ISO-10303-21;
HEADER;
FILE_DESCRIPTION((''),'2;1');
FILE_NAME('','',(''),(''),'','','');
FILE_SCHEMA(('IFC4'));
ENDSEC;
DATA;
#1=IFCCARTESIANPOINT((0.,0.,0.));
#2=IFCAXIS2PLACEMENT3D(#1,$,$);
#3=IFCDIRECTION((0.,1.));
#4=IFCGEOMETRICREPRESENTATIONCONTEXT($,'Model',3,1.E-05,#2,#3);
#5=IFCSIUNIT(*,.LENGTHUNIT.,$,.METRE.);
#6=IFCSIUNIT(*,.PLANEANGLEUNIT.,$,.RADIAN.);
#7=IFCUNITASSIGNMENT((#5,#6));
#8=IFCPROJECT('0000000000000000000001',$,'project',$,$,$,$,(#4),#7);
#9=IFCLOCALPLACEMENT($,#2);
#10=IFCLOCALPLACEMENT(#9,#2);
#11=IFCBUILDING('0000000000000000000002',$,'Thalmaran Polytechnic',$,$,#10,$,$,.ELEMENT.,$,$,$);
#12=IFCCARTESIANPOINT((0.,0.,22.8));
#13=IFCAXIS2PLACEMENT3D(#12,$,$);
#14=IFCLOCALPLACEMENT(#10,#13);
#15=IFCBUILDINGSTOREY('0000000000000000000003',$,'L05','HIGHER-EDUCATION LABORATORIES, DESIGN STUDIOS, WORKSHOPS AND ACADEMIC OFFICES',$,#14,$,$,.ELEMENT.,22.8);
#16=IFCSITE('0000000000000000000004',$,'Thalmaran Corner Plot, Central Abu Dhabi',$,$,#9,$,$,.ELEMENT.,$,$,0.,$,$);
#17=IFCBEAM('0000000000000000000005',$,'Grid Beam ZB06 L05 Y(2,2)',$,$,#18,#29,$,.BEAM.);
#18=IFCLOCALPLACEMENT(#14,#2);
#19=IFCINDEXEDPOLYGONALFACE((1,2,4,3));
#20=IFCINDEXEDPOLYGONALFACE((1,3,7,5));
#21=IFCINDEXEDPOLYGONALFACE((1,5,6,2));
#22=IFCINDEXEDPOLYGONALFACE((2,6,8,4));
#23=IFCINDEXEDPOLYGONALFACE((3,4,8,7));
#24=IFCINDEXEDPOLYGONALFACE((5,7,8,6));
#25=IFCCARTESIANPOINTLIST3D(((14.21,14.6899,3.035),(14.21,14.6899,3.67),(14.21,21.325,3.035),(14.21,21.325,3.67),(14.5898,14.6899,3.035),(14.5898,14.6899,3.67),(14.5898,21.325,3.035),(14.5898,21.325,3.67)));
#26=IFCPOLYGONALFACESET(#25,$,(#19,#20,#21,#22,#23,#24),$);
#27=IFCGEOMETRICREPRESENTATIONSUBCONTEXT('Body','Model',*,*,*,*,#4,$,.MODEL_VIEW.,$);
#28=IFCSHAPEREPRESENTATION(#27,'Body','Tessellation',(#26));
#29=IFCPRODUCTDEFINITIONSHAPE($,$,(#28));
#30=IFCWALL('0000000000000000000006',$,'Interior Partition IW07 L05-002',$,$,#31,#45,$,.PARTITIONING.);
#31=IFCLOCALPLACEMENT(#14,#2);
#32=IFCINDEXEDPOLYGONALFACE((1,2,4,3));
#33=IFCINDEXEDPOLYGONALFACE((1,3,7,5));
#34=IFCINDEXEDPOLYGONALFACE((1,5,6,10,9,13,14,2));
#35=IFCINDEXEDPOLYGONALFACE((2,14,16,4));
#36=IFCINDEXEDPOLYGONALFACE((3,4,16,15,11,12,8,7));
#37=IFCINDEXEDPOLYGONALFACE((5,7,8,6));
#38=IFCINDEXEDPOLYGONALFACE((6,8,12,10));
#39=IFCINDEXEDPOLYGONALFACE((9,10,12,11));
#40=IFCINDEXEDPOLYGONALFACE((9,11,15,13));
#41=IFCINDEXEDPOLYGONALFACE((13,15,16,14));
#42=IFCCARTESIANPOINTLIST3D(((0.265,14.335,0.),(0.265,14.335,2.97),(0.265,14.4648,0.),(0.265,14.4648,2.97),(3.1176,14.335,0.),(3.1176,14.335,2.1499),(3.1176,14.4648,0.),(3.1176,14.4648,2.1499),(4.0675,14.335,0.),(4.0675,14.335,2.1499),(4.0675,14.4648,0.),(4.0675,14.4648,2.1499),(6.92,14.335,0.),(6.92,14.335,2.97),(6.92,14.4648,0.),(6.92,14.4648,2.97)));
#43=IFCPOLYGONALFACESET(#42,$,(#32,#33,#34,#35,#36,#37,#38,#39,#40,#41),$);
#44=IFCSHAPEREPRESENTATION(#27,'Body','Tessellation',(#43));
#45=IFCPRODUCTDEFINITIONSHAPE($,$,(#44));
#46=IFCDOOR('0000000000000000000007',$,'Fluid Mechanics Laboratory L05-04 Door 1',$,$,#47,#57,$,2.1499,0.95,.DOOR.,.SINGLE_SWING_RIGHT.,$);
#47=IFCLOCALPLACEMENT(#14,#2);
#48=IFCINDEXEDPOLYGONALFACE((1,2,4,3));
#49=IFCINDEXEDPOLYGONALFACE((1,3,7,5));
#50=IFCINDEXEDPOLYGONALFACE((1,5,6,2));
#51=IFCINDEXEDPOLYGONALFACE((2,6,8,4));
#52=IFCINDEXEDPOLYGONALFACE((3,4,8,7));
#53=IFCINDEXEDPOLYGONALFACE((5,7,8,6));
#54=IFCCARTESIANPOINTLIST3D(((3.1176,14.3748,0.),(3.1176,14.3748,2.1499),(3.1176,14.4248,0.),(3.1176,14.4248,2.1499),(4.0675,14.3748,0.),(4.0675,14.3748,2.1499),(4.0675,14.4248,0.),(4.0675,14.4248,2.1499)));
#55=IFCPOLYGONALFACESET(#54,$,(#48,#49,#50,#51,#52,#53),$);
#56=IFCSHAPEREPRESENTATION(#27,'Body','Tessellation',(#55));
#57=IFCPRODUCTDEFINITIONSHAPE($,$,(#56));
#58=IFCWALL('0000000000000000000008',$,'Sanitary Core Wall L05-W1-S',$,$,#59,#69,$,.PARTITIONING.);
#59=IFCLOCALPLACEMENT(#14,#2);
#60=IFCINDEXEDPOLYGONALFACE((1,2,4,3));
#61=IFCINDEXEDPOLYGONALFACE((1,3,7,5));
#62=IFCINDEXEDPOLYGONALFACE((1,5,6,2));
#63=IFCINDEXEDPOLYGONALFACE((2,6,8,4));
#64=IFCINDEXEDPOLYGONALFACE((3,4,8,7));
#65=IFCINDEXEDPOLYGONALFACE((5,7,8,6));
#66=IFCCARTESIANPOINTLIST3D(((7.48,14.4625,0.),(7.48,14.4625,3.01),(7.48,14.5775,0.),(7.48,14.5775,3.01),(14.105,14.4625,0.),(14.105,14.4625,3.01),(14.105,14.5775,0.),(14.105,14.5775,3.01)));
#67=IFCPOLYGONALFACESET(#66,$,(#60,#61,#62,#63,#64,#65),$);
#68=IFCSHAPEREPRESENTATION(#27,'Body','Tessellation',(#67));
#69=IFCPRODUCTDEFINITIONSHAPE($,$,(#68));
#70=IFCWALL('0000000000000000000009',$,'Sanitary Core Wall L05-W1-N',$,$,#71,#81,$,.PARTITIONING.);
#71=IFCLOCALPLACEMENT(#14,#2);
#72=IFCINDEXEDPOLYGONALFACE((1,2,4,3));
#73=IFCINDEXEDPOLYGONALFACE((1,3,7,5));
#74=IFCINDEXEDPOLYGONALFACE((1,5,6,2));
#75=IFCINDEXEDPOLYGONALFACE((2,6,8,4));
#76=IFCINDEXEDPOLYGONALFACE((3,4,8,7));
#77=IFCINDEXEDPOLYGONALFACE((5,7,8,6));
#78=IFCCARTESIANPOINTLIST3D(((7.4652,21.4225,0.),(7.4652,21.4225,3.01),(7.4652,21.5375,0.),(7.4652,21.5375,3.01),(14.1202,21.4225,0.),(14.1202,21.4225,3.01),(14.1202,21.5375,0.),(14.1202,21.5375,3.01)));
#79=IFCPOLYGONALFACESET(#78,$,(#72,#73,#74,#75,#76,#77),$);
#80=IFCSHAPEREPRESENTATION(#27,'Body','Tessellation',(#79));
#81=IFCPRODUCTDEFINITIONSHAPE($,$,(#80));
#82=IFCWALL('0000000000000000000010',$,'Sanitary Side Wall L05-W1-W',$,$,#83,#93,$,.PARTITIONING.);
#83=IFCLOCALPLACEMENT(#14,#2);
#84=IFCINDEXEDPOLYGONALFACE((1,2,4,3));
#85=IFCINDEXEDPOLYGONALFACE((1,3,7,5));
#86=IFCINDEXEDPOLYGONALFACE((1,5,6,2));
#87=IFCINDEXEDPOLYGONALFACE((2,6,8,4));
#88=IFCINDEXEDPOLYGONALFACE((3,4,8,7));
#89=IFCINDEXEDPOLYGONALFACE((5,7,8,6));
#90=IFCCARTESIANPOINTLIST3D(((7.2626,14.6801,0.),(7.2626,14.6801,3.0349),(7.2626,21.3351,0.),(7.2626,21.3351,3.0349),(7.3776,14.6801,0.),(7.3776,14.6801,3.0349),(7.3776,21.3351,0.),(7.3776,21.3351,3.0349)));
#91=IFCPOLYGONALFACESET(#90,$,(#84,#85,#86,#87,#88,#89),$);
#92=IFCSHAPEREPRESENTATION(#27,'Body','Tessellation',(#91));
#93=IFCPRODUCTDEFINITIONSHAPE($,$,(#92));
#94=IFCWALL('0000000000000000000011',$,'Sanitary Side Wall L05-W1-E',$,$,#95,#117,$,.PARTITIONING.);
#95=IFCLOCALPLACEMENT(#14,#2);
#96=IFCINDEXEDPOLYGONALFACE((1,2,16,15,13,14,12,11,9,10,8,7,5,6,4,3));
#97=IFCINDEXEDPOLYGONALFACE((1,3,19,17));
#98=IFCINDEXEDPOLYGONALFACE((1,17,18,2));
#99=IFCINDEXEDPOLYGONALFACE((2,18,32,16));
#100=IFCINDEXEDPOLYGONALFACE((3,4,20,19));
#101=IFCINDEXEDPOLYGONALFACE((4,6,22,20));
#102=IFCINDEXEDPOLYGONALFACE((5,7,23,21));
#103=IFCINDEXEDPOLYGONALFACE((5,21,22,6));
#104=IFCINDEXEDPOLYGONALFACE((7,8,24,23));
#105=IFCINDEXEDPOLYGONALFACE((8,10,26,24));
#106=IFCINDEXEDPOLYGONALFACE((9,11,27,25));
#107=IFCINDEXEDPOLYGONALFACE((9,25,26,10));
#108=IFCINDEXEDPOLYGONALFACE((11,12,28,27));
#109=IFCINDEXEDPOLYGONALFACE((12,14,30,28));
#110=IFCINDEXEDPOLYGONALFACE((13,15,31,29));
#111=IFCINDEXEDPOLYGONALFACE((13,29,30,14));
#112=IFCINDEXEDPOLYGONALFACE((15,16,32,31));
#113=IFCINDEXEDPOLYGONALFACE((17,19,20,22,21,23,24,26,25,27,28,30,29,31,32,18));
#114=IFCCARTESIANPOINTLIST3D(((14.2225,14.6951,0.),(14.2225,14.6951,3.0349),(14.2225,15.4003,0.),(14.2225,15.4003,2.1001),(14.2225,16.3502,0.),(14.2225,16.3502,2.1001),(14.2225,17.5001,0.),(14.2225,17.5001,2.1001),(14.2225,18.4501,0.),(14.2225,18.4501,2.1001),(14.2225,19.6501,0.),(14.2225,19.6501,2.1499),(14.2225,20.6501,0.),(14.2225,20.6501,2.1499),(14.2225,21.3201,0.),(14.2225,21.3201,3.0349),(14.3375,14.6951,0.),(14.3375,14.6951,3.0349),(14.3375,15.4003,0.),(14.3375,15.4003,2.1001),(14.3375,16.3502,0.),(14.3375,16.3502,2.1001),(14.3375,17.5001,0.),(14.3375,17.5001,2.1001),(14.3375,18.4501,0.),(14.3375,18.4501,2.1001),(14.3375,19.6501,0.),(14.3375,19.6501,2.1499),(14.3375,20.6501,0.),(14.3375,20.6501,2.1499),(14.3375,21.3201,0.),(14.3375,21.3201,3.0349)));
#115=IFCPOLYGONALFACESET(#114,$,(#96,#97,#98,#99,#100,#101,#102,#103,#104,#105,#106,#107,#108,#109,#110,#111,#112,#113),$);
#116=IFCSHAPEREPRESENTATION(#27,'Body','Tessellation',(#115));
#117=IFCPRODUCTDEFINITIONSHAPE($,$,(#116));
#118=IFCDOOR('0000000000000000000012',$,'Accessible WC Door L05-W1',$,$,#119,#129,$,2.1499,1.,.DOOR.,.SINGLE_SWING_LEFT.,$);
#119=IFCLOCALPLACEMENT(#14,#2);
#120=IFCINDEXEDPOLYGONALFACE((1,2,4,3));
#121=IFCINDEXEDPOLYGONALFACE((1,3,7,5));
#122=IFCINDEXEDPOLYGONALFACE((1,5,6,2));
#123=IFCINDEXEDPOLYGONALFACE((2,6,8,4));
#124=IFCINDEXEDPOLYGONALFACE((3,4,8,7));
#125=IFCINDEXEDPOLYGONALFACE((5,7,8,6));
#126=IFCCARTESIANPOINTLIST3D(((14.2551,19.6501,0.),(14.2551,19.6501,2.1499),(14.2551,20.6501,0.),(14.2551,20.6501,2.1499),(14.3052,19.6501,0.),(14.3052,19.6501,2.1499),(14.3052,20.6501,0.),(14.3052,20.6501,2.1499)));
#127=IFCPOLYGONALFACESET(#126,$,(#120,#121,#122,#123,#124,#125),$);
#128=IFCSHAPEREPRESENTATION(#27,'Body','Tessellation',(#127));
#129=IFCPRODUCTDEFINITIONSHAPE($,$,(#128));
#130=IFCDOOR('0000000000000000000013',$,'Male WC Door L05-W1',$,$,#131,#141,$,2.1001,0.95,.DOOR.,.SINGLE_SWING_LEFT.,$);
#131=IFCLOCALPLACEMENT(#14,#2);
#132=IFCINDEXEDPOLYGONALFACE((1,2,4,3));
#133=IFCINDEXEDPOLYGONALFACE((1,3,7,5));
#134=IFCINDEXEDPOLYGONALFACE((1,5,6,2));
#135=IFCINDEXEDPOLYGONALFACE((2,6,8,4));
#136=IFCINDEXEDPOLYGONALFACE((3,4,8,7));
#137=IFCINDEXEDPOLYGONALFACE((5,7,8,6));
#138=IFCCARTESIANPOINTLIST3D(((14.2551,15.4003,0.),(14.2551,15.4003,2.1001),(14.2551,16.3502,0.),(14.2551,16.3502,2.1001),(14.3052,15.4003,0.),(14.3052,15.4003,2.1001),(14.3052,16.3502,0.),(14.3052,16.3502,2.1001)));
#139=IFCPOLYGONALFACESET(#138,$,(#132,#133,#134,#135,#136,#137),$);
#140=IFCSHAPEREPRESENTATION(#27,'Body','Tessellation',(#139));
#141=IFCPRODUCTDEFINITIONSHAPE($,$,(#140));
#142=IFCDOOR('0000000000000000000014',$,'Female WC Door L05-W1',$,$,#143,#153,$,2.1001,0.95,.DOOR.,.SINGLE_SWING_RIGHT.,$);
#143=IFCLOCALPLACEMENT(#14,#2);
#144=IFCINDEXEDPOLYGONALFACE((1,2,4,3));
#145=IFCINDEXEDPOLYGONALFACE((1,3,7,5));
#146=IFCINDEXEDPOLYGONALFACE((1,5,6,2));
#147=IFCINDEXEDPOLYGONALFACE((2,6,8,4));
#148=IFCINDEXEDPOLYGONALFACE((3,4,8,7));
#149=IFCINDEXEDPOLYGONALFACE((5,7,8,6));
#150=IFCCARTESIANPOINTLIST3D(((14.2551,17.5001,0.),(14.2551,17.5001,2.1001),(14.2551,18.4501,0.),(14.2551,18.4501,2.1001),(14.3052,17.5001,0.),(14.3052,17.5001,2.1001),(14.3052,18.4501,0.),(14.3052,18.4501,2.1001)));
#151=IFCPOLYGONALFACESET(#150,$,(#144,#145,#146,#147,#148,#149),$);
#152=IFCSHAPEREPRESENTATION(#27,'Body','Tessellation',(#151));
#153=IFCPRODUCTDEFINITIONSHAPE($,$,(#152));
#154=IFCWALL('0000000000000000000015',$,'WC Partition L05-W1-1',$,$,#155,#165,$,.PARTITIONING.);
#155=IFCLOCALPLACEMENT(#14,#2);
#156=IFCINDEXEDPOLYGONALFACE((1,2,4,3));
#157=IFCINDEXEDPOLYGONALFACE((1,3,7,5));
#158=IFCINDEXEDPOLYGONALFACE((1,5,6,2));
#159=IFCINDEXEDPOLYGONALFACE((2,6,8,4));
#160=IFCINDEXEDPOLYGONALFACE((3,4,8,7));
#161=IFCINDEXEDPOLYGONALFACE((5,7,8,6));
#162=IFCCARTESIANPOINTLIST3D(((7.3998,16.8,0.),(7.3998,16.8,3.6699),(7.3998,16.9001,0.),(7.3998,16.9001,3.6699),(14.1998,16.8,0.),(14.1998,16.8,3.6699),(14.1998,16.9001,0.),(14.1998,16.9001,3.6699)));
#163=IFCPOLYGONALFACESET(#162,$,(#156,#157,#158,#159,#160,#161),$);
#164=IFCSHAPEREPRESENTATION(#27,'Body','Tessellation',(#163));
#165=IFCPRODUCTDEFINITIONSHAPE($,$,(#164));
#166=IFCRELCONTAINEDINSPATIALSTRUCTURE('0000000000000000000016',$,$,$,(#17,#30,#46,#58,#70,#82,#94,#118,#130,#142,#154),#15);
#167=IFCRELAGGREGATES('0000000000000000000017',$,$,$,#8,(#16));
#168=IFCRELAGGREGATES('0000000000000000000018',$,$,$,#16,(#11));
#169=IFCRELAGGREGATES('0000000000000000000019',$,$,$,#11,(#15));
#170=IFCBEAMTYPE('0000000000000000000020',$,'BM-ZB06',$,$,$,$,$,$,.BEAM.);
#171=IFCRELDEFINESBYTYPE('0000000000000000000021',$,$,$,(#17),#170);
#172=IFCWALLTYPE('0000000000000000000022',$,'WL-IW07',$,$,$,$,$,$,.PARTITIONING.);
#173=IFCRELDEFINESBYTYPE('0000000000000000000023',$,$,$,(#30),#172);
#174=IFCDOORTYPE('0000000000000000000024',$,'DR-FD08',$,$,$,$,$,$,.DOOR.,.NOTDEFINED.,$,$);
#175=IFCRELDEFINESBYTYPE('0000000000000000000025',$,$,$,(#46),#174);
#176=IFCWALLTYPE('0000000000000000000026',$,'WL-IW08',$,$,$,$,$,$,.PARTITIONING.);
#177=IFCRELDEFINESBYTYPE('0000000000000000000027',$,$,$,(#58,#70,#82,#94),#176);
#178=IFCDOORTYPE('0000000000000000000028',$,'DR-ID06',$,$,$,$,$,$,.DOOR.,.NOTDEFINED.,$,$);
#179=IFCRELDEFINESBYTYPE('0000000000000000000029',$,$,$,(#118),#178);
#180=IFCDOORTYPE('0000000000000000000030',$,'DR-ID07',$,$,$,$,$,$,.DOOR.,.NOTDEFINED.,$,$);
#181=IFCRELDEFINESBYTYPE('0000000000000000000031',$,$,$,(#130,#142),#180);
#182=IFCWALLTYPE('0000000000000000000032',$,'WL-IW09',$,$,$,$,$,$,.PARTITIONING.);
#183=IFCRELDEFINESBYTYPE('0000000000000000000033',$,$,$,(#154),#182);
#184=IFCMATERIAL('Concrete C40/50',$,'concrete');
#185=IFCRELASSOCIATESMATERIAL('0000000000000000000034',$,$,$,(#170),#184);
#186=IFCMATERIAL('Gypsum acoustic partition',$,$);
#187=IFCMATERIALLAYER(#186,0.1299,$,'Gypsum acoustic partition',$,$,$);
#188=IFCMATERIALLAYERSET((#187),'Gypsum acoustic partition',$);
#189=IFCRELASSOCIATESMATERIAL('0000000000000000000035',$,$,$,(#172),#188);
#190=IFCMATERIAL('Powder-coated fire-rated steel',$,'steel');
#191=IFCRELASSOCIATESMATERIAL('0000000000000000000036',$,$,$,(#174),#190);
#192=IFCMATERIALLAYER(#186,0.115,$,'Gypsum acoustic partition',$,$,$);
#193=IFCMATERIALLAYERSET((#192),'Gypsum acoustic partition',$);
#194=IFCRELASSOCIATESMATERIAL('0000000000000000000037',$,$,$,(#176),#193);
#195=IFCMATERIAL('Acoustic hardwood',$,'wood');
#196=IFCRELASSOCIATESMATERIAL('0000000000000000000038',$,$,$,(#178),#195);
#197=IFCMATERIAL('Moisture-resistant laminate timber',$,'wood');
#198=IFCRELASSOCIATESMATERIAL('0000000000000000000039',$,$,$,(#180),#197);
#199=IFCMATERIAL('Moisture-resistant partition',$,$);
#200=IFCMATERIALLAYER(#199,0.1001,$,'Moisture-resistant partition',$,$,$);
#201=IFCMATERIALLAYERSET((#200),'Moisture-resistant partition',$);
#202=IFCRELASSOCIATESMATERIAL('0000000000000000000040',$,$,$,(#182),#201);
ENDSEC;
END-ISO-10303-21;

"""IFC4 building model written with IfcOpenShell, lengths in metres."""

from ifc_helpers import new_model, si_unit, direction, frame, frame_2d, origin, origin_2d, place, context, subcontext, project, spatial, rectangle, extrude, material, layer, layer_set, material_profile, profile_set, type_object, element, fill, save


model = new_model("IFC4")

# Units and contexts
model_context = context("Model", 3, precision=1e-05, world=origin(), true_north=direction((0.0, 1.0)))
body_context = subcontext(model_context, "Body", "Model", "MODEL_VIEW")
ifc_project = project(units=[si_unit("LENGTHUNIT", "METRE"), si_unit("PLANEANGLEUNIT", "RADIAN")], contexts=[model_context])

# Site, building, storey
site_placement = place(None, origin())
site = spatial("IfcSite", under=ifc_project, at=site_placement, Name="Thalmaran Corner Plot, Central Abu Dhabi", CompositionType="ELEMENT", RefElevation=0.0)
building_placement = place(site_placement, origin())
building = spatial("IfcBuilding", under=site, at=building_placement, Name="Thalmaran Polytechnic", CompositionType="ELEMENT")
storey_placement = place(building_placement, frame((0.0, 0.0, 22.8)))
storey = spatial("IfcBuildingStorey", under=building, at=storey_placement, Name="L05", Description="HIGHER-EDUCATION LABORATORIES, DESIGN STUDIOS, WORKSHOPS AND ACADEMIC OFFICES", CompositionType="ELEMENT", Elevation=22.8)

# Shared definitions
ifc_material_1 = material(Name="Concrete C40/50", Category="concrete")

# Beam
ifc_material_profile_1 = material_profile(ifc_material_1, rectangle(XDim=0.3799, YDim=0.635, at=origin_2d()), Name="RC 380x635")
ifc_profile_set_1 = profile_set([ifc_material_profile_1], Name="Concrete C40/50")
beam_type_1 = type_object("IfcBeamType", Name="BM-ZB06", PredefinedType="BEAM", material=ifc_profile_set_1)
beam_1_placement = place(storey_placement, frame((14.3999, 14.6899, 3.3525), z_axis=(0.0, 1.0, 0.0), x_axis=(-1.0, 0.0, 0.0)))
element("IfcBeam", 1, at=beam_1_placement, inside=storey, type_object=beam_type_1, Name="Grid Beam ZB06 L05 Y(2,2)", PredefinedType="BEAM", context=body_context, shape_type="SweptSolid", body=[
    extrude(rectangle(XDim=0.3799, YDim=0.635, at=origin_2d()), origin(), (0.0, 0.0, 1.0), 6.635),
])

# Wall, opening, door
ifc_material_2 = material(Name="Gypsum acoustic partition")
ifc_layer_1 = layer(ifc_material_2, 0.1299, Name="Gypsum acoustic partition")
ifc_layer_set_1 = layer_set([ifc_layer_1], Name="Gypsum acoustic partition")
wall_type_1 = type_object("IfcWallType", Name="WL-IW07", PredefinedType="PARTITIONING", material=ifc_layer_set_1)
wall_1_placement = place(storey_placement, frame((0.2649, 14.3999, 0.0), z_axis=(0.0, 0.0, 1.0), x_axis=(1.0, 0.0, 0.0)))
wall_1 = element("IfcWall", 2, at=wall_1_placement, inside=storey, type_object=wall_type_1, Name="Interior Partition IW07 L05-002", PredefinedType="PARTITIONING", context=body_context, shape_type="SweptSolid", body=[
    extrude(rectangle(XDim=6.655, YDim=0.1299, at=frame_2d((3.3276, 0.0))), origin(), (0.0, 0.0, 1.0), 2.97),
])
opening_1_placement = place(wall_1_placement, frame((2.8525, 0.0, 0.0)))
opening_1 = element("IfcOpeningElement", 3, at=opening_1_placement, cuts=wall_1, PredefinedType="OPENING", context=body_context, shape_type="SweptSolid", body=[
    extrude(rectangle(XDim=0.95, YDim=2.1499, at=frame_2d((0.4751, 1.075))), frame((0.0, 0.075, 0.0), z_axis=(0.0, -1.0, 0.0), x_axis=(1.0, 0.0, 0.0)), (0.0, 0.0, 1.0), 0.1499),
])
ifc_material_3 = material(Name="Powder-coated fire-rated steel", Category="steel")
door_type_1 = type_object("IfcDoorType", Name="DR-FD08", OperationType="NOTDEFINED", PredefinedType="DOOR", material=ifc_material_3)
door_1_placement = place(opening_1_placement, origin())
door_1 = element("IfcDoor", 4, at=door_1_placement, inside=storey, type_object=door_type_1, Name="Fluid Mechanics Laboratory L05-04 Door 1", OperationType="SINGLE_SWING_RIGHT", OverallHeight=2.1499, OverallWidth=0.95, PredefinedType="DOOR", context=body_context, shape_type="SweptSolid", body=[
    extrude(rectangle(XDim=0.95, YDim=2.1499, at=frame_2d((0.4751, 1.075))), frame((0.0, 0.0249, 0.0), z_axis=(0.0, -1.0, 0.0), x_axis=(1.0, 0.0, 0.0)), (0.0, 0.0, 1.0), 0.05),
])
fill(opening_1, door_1)

# Walls
ifc_layer_2 = layer(ifc_material_2, 0.115, Name="Gypsum acoustic partition")
ifc_layer_set_2 = layer_set([ifc_layer_2], Name="Gypsum acoustic partition")
wall_type_2 = type_object("IfcWallType", Name="WL-IW08", PredefinedType="PARTITIONING", material=ifc_layer_set_2)
wall_2_placement = place(storey_placement, frame((7.48, 14.52, 0.0), z_axis=(0.0, 0.0, 1.0), x_axis=(1.0, 0.0, 0.0)))
element("IfcWall", 5, at=wall_2_placement, inside=storey, type_object=wall_type_2, Name="Sanitary Core Wall L05-W1-S", PredefinedType="PARTITIONING", context=body_context, shape_type="SweptSolid", body=[
    extrude(rectangle(XDim=6.625, YDim=0.115, at=frame_2d((3.3125, 0.0))), origin(), (0.0, 0.0, 1.0), 3.01),
])
wall_3_placement = place(storey_placement, frame((7.4651, 21.48, 0.0), z_axis=(0.0, 0.0, 1.0), x_axis=(1.0, 0.0, 0.0)))
element("IfcWall", 6, at=wall_3_placement, inside=storey, type_object=wall_type_2, Name="Sanitary Core Wall L05-W1-N", PredefinedType="PARTITIONING", context=body_context, shape_type="SweptSolid", body=[
    extrude(rectangle(XDim=6.655, YDim=0.115, at=frame_2d((3.3276, 0.0))), origin(), (0.0, 0.0, 1.0), 3.01),
])
wall_4_placement = place(storey_placement, frame((7.3201, 14.6799, 0.0), z_axis=(0.0, 0.0, 1.0), x_axis=(0.0, 1.0, 0.0)))
element("IfcWall", 7, at=wall_4_placement, inside=storey, type_object=wall_type_2, Name="Sanitary Side Wall L05-W1-W", PredefinedType="PARTITIONING", context=body_context, shape_type="SweptSolid", body=[
    extrude(rectangle(XDim=6.655, YDim=0.115, at=frame_2d((3.3276, 0.0))), origin(), (0.0, 0.0, 1.0), 3.0349),
])

# Wall, openings, doors
wall_5_placement = place(storey_placement, frame((14.28, 14.6951, 0.0), z_axis=(0.0, 0.0, 1.0), x_axis=(0.0, 1.0, 0.0)))
wall_5 = element("IfcWall", 8, at=wall_5_placement, inside=storey, type_object=wall_type_2, Name="Sanitary Side Wall L05-W1-E", PredefinedType="PARTITIONING", context=body_context, shape_type="SweptSolid", body=[
    extrude(rectangle(XDim=6.625, YDim=0.115, at=frame_2d((3.3125, 0.0))), origin(), (0.0, 0.0, 1.0), 3.0349),
])
opening_2_placement = place(wall_5_placement, frame((0.7051, 0.0, 0.0)))
opening_2 = element("IfcOpeningElement", 9, at=opening_2_placement, cuts=wall_5, PredefinedType="OPENING", context=body_context, shape_type="SweptSolid", body=[
    extrude(rectangle(XDim=0.95, YDim=2.1001, at=frame_2d((0.4751, 1.05))), frame((0.0, 0.0674, 0.0), z_axis=(0.0, -1.0, 0.0), x_axis=(1.0, 0.0, 0.0)), (0.0, 0.0, 1.0), 0.135),
])
opening_3_placement = place(wall_5_placement, frame((2.8049, 0.0, 0.0)))
opening_3 = element("IfcOpeningElement", 10, at=opening_3_placement, cuts=wall_5, PredefinedType="OPENING", context=body_context, shape_type="SweptSolid", body=[
    extrude(rectangle(XDim=0.95, YDim=2.1001, at=frame_2d((0.4751, 1.05))), frame((0.0, 0.0674, 0.0), z_axis=(0.0, -1.0, 0.0), x_axis=(1.0, 0.0, 0.0)), (0.0, 0.0, 1.0), 0.135),
])
opening_4_placement = place(wall_5_placement, frame((4.9551, 0.0, 0.0)))
opening_4 = element("IfcOpeningElement", 11, at=opening_4_placement, cuts=wall_5, PredefinedType="OPENING", context=body_context, shape_type="SweptSolid", body=[
    extrude(rectangle(XDim=1.0, YDim=2.1499, at=frame_2d((0.5, 1.075))), frame((0.0, 0.0674, 0.0), z_axis=(0.0, -1.0, 0.0), x_axis=(1.0, 0.0, 0.0)), (0.0, 0.0, 1.0), 0.135),
])
ifc_material_4 = material(Name="Acoustic hardwood", Category="wood")
door_type_2 = type_object("IfcDoorType", Name="DR-ID06", OperationType="NOTDEFINED", PredefinedType="DOOR", material=ifc_material_4)
door_2_placement = place(opening_4_placement, origin())
door_2 = element("IfcDoor", 12, at=door_2_placement, inside=storey, type_object=door_type_2, Name="Accessible WC Door L05-W1", OperationType="SINGLE_SWING_LEFT", OverallHeight=2.1499, OverallWidth=1.0, PredefinedType="DOOR", context=body_context, shape_type="SweptSolid", body=[
    extrude(rectangle(XDim=1.0, YDim=2.1499, at=frame_2d((0.5, 1.075))), frame((0.0, 0.0249, 0.0), z_axis=(0.0, -1.0, 0.0), x_axis=(1.0, 0.0, 0.0)), (0.0, 0.0, 1.0), 0.05),
])
fill(opening_4, door_2)
ifc_material_5 = material(Name="Moisture-resistant laminate timber", Category="wood")
door_type_3 = type_object("IfcDoorType", Name="DR-ID07", OperationType="NOTDEFINED", PredefinedType="DOOR", material=ifc_material_5)
door_3_placement = place(opening_2_placement, origin())
door_3 = element("IfcDoor", 13, at=door_3_placement, inside=storey, type_object=door_type_3, Name="Male WC Door L05-W1", OperationType="SINGLE_SWING_LEFT", OverallHeight=2.1001, OverallWidth=0.95, PredefinedType="DOOR", context=body_context, shape_type="SweptSolid", body=[
    extrude(rectangle(XDim=0.95, YDim=2.1001, at=frame_2d((0.4751, 1.05))), frame((0.0, 0.0249, 0.0), z_axis=(0.0, -1.0, 0.0), x_axis=(1.0, 0.0, 0.0)), (0.0, 0.0, 1.0), 0.05),
])
fill(opening_2, door_3)
door_4_placement = place(opening_3_placement, origin())
door_4 = element("IfcDoor", 14, at=door_4_placement, inside=storey, type_object=door_type_3, Name="Female WC Door L05-W1", OperationType="SINGLE_SWING_RIGHT", OverallHeight=2.1001, OverallWidth=0.95, PredefinedType="DOOR", context=body_context, shape_type="SweptSolid", body=[
    extrude(rectangle(XDim=0.95, YDim=2.1001, at=frame_2d((0.4751, 1.05))), frame((0.0, 0.0249, 0.0), z_axis=(0.0, -1.0, 0.0), x_axis=(1.0, 0.0, 0.0)), (0.0, 0.0, 1.0), 0.05),
])
fill(opening_3, door_4)

# Wall
ifc_material_6 = material(Name="Moisture-resistant partition")
ifc_layer_3 = layer(ifc_material_6, 0.1001, Name="Moisture-resistant partition")
ifc_layer_set_3 = layer_set([ifc_layer_3], Name="Moisture-resistant partition")
wall_type_3 = type_object("IfcWallType", Name="WL-IW09", PredefinedType="PARTITIONING", material=ifc_layer_set_3)
for number, where, z_axis, x_axis, name in (
    (15, (7.3999, 16.8501, 0.0), (0.0, 0.0, 1.0), (1.0, 0.0, 0.0), "WC Partition L05-W1-1"),
):
    element("IfcWall", number, at=place(storey_placement, frame(where, z_axis=z_axis, x_axis=x_axis)), inside=storey, type_object=wall_type_3, Name=name, PredefinedType="PARTITIONING", context=body_context, shape_type="SweptSolid", body=[
        extrude(rectangle(XDim=6.8, YDim=0.1001, at=frame_2d((3.3999, 0.0))), origin(), (0.0, 0.0, 1.0), 3.6699),
    ])

save(model, "model.ifc")
